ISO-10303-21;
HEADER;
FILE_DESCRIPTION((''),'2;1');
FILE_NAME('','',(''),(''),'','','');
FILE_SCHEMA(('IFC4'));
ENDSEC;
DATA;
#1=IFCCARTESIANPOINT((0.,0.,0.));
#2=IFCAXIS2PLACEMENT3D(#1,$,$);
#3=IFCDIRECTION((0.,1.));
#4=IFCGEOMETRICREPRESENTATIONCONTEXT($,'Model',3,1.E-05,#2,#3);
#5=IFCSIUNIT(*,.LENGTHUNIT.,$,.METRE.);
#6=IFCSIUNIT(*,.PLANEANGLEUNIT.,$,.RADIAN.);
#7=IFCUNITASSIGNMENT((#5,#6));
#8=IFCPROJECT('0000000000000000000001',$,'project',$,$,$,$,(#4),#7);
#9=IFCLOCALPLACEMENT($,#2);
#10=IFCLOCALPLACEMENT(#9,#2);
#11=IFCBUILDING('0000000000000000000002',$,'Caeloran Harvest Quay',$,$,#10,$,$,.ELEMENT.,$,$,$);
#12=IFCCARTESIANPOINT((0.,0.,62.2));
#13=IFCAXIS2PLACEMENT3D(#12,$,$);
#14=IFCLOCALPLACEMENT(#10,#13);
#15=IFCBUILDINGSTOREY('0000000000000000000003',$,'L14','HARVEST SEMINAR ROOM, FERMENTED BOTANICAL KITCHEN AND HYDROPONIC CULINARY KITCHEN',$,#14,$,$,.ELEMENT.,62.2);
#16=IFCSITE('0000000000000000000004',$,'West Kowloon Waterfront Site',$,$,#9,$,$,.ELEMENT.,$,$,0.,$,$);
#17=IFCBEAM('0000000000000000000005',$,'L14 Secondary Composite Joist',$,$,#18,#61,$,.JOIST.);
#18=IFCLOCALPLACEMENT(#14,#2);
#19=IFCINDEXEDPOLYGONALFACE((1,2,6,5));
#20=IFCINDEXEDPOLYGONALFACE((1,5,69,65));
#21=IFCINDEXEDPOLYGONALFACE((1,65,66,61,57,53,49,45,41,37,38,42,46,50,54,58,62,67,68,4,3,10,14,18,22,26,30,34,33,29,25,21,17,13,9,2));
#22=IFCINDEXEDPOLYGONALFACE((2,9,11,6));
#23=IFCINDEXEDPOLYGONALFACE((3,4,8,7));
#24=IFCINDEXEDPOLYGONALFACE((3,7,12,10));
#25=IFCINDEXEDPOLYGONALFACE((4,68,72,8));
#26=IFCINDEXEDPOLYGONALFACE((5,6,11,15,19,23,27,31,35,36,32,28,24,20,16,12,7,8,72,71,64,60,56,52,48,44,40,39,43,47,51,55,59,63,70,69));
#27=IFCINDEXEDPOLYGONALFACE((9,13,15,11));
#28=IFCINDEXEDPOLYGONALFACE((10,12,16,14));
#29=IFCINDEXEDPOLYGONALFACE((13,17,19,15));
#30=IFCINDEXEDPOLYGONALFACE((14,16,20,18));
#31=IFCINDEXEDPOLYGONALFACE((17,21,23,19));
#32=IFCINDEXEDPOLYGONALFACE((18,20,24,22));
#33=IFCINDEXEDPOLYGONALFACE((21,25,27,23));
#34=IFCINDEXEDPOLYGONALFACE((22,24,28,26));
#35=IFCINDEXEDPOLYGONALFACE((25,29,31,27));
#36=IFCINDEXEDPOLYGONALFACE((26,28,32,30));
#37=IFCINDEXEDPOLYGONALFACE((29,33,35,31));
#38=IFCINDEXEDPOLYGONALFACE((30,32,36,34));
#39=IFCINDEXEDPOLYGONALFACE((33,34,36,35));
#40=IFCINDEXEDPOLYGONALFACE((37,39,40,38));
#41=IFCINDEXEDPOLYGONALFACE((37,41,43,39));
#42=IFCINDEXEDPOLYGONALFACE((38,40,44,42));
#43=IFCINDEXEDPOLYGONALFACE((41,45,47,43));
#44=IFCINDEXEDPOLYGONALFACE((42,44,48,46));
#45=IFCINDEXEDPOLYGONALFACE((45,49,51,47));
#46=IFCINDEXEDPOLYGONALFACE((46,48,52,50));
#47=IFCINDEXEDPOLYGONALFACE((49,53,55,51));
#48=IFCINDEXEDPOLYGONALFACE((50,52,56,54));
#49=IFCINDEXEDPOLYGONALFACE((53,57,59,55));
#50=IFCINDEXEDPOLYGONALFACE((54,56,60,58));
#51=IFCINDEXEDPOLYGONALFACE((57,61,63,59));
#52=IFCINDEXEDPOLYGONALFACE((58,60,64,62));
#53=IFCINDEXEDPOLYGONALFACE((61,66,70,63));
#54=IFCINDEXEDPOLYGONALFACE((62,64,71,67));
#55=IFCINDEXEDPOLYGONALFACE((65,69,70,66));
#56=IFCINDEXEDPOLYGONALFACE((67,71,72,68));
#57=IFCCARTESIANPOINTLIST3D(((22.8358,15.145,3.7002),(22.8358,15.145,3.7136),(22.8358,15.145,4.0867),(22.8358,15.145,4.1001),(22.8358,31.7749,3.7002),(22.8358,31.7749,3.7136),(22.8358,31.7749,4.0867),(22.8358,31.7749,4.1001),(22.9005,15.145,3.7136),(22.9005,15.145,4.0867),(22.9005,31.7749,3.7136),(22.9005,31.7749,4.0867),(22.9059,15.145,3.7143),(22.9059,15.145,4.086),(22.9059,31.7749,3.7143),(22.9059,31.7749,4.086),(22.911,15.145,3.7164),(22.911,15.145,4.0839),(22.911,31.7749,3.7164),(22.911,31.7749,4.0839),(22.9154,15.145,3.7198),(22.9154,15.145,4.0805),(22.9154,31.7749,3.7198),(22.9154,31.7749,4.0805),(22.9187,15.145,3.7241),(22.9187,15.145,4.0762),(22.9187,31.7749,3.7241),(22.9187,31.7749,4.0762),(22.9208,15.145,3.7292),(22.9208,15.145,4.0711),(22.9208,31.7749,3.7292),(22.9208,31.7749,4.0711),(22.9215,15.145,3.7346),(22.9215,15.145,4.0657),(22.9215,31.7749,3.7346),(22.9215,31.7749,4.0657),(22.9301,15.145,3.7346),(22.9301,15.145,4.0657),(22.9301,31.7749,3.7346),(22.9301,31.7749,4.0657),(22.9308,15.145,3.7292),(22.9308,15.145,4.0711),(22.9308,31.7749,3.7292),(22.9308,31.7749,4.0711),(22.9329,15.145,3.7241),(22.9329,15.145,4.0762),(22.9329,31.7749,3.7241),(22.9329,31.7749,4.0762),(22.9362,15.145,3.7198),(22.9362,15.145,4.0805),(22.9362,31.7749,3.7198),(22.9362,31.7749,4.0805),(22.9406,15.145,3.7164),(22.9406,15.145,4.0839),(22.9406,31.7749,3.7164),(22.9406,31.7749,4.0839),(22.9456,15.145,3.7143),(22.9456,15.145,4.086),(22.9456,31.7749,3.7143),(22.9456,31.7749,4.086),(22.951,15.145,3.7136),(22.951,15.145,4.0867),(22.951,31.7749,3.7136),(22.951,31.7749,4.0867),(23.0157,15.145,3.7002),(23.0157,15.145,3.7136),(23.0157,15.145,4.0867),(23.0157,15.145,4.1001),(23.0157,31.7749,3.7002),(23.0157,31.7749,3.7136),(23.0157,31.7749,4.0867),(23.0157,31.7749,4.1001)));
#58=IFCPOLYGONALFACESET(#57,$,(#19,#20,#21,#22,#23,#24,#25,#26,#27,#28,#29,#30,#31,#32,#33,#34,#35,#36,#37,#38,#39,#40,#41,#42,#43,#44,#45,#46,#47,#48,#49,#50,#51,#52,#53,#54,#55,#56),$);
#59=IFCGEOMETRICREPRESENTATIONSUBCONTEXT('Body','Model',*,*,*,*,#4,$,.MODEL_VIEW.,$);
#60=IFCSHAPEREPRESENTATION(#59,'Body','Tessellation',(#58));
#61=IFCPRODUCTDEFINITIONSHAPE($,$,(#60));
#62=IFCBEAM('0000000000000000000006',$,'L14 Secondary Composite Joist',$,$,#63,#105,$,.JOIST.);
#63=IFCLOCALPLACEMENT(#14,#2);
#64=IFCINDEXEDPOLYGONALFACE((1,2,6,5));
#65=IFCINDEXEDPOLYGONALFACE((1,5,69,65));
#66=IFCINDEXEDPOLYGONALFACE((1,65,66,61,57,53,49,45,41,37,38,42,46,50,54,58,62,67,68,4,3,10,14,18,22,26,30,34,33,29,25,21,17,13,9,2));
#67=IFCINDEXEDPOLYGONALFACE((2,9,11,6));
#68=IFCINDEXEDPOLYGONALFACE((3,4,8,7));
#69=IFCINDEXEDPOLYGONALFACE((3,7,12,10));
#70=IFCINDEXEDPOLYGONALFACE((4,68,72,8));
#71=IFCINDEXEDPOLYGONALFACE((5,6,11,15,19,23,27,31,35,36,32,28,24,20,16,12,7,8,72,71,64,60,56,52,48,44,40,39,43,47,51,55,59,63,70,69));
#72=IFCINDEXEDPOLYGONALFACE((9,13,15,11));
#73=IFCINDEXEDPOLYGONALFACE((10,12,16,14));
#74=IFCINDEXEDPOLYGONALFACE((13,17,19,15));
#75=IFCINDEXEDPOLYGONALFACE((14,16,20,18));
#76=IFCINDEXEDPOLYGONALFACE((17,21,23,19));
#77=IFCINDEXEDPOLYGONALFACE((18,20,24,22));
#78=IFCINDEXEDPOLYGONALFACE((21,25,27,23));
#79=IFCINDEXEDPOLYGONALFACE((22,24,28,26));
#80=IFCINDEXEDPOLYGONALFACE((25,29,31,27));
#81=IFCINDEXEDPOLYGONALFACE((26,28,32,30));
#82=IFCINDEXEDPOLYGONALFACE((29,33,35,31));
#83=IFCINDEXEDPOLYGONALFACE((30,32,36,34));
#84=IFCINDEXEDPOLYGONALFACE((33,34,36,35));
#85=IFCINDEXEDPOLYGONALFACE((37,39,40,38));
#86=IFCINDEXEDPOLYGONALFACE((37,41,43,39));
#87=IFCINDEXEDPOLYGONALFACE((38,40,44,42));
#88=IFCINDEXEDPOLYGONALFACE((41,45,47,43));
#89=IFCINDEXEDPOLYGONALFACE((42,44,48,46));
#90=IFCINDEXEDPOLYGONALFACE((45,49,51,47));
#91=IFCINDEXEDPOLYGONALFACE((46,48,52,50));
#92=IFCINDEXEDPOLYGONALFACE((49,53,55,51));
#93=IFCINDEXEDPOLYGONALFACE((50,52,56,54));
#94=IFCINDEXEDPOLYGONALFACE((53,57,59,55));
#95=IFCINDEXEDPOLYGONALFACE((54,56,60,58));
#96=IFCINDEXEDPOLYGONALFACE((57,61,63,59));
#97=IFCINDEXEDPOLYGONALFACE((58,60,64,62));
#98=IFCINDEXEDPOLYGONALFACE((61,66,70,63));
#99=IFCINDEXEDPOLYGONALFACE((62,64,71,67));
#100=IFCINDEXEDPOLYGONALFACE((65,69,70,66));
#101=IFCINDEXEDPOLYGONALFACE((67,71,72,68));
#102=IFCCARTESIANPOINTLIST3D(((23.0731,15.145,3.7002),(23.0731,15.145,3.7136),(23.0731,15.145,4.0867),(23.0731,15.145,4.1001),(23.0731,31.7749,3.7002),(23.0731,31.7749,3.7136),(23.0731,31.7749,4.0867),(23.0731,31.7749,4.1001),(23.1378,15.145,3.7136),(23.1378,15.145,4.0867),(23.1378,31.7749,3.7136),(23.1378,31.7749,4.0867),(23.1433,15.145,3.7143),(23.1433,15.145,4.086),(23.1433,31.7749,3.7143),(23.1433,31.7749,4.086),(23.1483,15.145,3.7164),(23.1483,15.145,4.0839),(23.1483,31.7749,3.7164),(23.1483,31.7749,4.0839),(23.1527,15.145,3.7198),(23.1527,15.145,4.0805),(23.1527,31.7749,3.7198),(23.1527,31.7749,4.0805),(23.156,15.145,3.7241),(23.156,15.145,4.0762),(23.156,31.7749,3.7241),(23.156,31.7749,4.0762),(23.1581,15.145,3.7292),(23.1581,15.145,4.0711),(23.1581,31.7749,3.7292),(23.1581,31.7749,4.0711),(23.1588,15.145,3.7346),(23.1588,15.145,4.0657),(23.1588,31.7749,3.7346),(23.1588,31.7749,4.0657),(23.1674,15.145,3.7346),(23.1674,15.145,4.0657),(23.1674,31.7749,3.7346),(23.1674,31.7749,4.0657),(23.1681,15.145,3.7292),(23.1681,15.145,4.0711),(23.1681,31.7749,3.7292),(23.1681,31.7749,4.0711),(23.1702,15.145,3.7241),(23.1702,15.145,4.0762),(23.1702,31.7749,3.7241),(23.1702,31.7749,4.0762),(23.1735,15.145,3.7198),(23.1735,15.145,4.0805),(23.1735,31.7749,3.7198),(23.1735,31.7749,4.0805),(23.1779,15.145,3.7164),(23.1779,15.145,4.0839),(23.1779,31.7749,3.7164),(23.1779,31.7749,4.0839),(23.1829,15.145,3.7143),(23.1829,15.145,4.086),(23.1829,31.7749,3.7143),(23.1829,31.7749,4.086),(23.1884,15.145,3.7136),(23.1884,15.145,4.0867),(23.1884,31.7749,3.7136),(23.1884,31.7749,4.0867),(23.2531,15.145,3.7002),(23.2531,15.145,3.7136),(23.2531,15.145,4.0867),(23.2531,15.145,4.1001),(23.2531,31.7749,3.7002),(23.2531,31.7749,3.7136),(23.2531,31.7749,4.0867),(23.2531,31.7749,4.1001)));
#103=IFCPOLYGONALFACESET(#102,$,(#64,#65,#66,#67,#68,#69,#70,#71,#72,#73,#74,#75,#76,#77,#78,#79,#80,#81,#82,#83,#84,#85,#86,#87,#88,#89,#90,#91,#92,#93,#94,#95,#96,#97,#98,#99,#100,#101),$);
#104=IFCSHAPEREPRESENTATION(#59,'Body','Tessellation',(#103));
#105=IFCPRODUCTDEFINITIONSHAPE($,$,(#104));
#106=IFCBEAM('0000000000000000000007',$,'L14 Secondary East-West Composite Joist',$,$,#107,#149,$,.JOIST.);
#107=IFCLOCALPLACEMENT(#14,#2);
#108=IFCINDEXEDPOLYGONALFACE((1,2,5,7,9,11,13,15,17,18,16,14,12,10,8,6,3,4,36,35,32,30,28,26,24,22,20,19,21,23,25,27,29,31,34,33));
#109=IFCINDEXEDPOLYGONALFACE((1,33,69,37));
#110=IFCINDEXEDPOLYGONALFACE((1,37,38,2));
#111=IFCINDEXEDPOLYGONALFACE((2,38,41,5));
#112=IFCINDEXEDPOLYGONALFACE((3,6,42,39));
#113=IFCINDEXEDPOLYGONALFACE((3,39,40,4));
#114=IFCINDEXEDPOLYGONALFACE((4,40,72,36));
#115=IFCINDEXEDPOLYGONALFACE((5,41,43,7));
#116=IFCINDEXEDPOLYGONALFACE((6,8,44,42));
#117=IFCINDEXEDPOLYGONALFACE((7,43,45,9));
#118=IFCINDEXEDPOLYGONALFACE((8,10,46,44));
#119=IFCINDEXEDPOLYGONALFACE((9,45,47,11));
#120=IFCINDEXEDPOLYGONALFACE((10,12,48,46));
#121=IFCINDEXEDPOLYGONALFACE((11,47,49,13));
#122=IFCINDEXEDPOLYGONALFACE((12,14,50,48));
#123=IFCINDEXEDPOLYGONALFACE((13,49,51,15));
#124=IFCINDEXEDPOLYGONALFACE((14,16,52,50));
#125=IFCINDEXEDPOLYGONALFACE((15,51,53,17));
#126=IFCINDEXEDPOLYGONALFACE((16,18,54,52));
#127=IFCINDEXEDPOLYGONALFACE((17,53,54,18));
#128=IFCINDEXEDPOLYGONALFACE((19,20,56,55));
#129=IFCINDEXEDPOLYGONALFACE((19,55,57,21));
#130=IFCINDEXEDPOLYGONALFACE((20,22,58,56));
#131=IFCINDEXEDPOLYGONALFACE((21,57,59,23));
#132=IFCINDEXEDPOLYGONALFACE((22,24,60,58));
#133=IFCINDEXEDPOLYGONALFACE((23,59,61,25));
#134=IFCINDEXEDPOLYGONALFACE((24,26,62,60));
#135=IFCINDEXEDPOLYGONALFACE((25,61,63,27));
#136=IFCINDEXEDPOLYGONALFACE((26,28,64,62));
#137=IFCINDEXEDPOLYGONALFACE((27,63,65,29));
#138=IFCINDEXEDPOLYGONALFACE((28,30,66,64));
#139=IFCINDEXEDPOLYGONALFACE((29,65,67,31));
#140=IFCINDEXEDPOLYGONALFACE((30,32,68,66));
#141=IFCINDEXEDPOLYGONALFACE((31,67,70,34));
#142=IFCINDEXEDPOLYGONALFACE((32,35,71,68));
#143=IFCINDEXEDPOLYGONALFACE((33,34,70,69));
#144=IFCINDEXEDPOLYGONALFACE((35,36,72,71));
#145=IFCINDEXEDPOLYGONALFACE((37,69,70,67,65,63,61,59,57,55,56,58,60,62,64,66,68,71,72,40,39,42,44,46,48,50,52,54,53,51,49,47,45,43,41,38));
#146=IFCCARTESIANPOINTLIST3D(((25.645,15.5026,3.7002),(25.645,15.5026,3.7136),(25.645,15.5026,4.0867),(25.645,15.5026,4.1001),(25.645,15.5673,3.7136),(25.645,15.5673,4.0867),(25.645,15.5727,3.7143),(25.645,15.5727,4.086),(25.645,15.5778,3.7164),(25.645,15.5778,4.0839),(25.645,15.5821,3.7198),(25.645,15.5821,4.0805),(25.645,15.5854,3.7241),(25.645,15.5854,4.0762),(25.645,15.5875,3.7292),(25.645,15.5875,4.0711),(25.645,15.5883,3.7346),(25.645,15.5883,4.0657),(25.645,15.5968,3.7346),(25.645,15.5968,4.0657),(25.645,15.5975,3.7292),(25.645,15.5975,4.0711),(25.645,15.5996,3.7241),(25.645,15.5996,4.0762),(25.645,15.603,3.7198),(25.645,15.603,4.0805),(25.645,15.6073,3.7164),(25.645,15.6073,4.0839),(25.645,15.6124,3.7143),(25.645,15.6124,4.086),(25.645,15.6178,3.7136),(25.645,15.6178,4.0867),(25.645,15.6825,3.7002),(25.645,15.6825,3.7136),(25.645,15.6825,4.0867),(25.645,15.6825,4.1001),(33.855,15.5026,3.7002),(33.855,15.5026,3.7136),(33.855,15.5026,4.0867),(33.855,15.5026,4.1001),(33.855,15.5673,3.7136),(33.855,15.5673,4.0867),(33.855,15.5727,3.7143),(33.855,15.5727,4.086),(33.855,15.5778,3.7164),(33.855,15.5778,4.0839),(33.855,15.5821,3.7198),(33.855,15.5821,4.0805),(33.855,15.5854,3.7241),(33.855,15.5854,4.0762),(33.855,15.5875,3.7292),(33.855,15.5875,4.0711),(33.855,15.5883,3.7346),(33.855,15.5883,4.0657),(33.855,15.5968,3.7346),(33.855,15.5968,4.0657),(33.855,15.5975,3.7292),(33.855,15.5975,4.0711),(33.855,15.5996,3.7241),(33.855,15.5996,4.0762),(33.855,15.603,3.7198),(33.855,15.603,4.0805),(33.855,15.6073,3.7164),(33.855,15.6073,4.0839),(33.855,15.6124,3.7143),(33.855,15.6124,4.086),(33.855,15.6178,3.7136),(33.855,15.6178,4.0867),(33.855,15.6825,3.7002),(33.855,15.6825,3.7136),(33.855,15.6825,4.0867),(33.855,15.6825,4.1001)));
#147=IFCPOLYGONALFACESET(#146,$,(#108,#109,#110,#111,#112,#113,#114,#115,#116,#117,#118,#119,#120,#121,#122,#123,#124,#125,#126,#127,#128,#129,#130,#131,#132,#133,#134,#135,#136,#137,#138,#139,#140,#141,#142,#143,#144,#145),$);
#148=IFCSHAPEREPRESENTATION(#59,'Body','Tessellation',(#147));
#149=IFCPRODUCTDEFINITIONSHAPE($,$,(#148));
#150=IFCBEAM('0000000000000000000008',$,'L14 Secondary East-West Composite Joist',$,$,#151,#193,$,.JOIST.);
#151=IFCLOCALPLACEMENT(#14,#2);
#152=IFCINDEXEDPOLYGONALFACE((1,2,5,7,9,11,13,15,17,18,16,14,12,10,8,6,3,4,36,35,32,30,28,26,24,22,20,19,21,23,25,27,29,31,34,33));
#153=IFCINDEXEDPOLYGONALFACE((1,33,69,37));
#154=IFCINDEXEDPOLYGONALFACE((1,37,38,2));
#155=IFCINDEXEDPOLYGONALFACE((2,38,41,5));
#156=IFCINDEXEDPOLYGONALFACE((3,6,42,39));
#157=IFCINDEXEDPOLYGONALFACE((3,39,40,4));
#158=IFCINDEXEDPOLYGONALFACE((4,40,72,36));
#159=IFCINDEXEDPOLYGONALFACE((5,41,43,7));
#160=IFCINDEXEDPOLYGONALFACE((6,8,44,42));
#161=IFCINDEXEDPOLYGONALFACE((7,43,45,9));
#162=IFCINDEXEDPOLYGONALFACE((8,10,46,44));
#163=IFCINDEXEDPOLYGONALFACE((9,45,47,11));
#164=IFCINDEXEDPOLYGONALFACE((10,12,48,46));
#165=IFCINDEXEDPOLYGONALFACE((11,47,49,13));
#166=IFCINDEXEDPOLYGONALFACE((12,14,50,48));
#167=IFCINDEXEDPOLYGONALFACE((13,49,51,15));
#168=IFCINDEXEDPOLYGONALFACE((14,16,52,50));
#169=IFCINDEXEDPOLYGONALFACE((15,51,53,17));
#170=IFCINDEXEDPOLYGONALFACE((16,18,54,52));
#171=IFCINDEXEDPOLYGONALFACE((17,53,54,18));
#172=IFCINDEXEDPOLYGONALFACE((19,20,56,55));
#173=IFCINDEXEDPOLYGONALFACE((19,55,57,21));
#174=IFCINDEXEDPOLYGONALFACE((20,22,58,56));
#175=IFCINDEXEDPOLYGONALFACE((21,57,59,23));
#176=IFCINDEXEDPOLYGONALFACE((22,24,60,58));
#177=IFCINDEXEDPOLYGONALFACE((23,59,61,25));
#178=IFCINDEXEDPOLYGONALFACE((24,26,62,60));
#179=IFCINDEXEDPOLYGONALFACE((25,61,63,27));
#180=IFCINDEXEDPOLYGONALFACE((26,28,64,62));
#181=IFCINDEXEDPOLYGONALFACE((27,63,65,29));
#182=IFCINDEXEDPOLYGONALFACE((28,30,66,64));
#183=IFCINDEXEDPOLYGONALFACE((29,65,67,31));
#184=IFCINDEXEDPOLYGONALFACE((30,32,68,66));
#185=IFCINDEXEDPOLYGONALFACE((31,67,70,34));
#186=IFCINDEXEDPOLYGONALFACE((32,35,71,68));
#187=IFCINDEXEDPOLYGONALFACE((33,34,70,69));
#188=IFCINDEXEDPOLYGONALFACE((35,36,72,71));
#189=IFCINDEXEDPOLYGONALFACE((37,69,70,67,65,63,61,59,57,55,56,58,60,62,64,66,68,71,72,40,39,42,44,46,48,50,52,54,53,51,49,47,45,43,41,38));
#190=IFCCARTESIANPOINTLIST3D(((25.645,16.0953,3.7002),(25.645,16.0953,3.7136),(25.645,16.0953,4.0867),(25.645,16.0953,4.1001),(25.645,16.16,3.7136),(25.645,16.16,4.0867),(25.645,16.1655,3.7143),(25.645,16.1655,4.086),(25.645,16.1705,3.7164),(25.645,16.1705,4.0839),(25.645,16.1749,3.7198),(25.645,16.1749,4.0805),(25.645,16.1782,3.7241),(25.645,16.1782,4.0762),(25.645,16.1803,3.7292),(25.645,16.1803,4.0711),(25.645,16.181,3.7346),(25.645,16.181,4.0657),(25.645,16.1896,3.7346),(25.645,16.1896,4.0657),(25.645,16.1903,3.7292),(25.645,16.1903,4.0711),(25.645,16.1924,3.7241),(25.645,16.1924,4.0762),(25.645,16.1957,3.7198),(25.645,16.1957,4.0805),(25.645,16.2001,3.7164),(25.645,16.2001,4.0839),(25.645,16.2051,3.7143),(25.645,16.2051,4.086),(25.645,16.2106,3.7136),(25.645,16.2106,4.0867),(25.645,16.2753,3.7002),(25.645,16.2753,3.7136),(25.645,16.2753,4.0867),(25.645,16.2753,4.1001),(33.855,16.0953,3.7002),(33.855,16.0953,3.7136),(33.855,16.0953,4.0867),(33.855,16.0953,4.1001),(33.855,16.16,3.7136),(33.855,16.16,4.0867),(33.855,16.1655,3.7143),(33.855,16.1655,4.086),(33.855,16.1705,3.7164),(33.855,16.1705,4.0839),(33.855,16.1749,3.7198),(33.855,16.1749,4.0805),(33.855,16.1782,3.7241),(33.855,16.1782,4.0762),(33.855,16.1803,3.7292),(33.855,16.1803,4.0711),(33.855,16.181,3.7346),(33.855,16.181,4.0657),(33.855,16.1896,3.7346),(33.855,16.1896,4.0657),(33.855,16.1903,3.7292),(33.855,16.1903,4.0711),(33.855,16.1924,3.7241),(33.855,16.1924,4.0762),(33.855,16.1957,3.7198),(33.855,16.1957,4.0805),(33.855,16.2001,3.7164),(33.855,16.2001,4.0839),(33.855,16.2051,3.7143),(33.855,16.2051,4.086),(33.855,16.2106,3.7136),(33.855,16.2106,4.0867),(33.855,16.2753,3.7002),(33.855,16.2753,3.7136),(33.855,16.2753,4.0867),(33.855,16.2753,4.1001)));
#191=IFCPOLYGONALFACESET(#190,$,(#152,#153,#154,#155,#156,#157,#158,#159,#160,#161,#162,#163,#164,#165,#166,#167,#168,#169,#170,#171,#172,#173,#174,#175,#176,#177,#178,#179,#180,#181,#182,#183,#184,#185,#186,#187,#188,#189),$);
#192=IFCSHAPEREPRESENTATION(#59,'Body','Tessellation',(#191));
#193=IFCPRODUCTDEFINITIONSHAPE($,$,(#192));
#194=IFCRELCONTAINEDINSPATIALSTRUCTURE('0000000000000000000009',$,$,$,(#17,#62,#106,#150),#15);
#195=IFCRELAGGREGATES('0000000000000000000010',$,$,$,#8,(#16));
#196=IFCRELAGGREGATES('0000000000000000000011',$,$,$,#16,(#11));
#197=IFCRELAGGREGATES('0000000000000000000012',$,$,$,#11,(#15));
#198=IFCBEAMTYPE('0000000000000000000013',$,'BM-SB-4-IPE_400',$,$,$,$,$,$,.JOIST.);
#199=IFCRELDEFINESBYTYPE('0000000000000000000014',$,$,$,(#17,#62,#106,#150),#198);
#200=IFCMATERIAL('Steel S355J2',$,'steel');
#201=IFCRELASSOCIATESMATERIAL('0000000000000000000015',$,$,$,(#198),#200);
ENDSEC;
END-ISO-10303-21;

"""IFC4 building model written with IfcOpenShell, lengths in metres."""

from ifc_helpers import new_model, si_unit, direction, frame, origin, origin_2d, place, context, subcontext, project, spatial, i_section, extrude, material, material_profile, profile_set, type_object, element, save


model = new_model("IFC4")

# Units and contexts
model_context = context("Model", 3, precision=1e-05, world=origin(), true_north=direction((0.0, 1.0)))
body_context = subcontext(model_context, "Body", "Model", "MODEL_VIEW")
ifc_project = project(units=[si_unit("LENGTHUNIT", "METRE"), si_unit("PLANEANGLEUNIT", "RADIAN")], contexts=[model_context])

# Site, building, storey
site_placement = place(None, origin())
site = spatial("IfcSite", under=ifc_project, at=site_placement, Name="West Kowloon Waterfront Site", CompositionType="ELEMENT", RefElevation=0.0)
building_placement = place(site_placement, origin())
building = spatial("IfcBuilding", under=site, at=building_placement, Name="Caeloran Harvest Quay", CompositionType="ELEMENT")
storey_placement = place(building_placement, frame((0.0, 0.0, 62.2)))
storey = spatial("IfcBuildingStorey", under=building, at=storey_placement, Name="L14", Description="HARVEST SEMINAR ROOM, FERMENTED BOTANICAL KITCHEN AND HYDROPONIC CULINARY KITCHEN", CompositionType="ELEMENT", Elevation=62.2)

# Beams
ifc_material_1 = material(Name="Steel S355J2", Category="steel")
ifc_material_profile_1 = material_profile(ifc_material_1, i_section(OverallWidth=0.1799, OverallDepth=0.3999, WebThickness=0.0085, FlangeThickness=0.0134, FilletRadius=0.021, at=origin_2d()), Name="IPE 400")
ifc_profile_set_1 = profile_set([ifc_material_profile_1], Name="Steel S355J2")
beam_type_1 = type_object("IfcBeamType", Name="BM-SB-4-IPE_400", PredefinedType="JOIST", material=ifc_profile_set_1)
for number, where, z_axis, x_axis, name in (
    (1, (22.9258, 15.145, 3.9001), (0.0, 1.0, 0.0), (-1.0, 0.0, 0.0), "L14 Secondary Composite Joist"),
    (2, (23.1631, 15.145, 3.9001), (0.0, 1.0, 0.0), (-1.0, 0.0, 0.0), "L14 Secondary Composite Joist"),
):
    element("IfcBeam", number, at=place(storey_placement, frame(where, z_axis=z_axis, x_axis=x_axis)), inside=storey, type_object=beam_type_1, Name=name, PredefinedType="JOIST", context=body_context, shape_type="SweptSolid", body=[
        extrude(i_section(OverallWidth=0.1799, OverallDepth=0.3999, WebThickness=0.0085, FlangeThickness=0.0134, FilletRadius=0.021, at=origin_2d()), origin(), (0.0, 0.0, 1.0), 16.6299),
    ])
for number, where, z_axis, x_axis, name in (
    (3, (25.645, 15.5925, 3.9001), (1.0, 0.0, 0.0), (0.0, 1.0, 0.0), "L14 Secondary East-West Composite Joist"),
    (4, (25.645, 16.1853, 3.9001), (1.0, 0.0, 0.0), (0.0, 1.0, 0.0), "L14 Secondary East-West Composite Joist"),
):
    element("IfcBeam", number, at=place(storey_placement, frame(where, z_axis=z_axis, x_axis=x_axis)), inside=storey, type_object=beam_type_1, Name=name, PredefinedType="JOIST", context=body_context, shape_type="SweptSolid", body=[
        extrude(i_section(OverallWidth=0.1799, OverallDepth=0.3999, WebThickness=0.0085, FlangeThickness=0.0134, FilletRadius=0.021, at=origin_2d()), origin(), (0.0, 0.0, 1.0), 8.21),
    ])

save(model, "model.ifc")
